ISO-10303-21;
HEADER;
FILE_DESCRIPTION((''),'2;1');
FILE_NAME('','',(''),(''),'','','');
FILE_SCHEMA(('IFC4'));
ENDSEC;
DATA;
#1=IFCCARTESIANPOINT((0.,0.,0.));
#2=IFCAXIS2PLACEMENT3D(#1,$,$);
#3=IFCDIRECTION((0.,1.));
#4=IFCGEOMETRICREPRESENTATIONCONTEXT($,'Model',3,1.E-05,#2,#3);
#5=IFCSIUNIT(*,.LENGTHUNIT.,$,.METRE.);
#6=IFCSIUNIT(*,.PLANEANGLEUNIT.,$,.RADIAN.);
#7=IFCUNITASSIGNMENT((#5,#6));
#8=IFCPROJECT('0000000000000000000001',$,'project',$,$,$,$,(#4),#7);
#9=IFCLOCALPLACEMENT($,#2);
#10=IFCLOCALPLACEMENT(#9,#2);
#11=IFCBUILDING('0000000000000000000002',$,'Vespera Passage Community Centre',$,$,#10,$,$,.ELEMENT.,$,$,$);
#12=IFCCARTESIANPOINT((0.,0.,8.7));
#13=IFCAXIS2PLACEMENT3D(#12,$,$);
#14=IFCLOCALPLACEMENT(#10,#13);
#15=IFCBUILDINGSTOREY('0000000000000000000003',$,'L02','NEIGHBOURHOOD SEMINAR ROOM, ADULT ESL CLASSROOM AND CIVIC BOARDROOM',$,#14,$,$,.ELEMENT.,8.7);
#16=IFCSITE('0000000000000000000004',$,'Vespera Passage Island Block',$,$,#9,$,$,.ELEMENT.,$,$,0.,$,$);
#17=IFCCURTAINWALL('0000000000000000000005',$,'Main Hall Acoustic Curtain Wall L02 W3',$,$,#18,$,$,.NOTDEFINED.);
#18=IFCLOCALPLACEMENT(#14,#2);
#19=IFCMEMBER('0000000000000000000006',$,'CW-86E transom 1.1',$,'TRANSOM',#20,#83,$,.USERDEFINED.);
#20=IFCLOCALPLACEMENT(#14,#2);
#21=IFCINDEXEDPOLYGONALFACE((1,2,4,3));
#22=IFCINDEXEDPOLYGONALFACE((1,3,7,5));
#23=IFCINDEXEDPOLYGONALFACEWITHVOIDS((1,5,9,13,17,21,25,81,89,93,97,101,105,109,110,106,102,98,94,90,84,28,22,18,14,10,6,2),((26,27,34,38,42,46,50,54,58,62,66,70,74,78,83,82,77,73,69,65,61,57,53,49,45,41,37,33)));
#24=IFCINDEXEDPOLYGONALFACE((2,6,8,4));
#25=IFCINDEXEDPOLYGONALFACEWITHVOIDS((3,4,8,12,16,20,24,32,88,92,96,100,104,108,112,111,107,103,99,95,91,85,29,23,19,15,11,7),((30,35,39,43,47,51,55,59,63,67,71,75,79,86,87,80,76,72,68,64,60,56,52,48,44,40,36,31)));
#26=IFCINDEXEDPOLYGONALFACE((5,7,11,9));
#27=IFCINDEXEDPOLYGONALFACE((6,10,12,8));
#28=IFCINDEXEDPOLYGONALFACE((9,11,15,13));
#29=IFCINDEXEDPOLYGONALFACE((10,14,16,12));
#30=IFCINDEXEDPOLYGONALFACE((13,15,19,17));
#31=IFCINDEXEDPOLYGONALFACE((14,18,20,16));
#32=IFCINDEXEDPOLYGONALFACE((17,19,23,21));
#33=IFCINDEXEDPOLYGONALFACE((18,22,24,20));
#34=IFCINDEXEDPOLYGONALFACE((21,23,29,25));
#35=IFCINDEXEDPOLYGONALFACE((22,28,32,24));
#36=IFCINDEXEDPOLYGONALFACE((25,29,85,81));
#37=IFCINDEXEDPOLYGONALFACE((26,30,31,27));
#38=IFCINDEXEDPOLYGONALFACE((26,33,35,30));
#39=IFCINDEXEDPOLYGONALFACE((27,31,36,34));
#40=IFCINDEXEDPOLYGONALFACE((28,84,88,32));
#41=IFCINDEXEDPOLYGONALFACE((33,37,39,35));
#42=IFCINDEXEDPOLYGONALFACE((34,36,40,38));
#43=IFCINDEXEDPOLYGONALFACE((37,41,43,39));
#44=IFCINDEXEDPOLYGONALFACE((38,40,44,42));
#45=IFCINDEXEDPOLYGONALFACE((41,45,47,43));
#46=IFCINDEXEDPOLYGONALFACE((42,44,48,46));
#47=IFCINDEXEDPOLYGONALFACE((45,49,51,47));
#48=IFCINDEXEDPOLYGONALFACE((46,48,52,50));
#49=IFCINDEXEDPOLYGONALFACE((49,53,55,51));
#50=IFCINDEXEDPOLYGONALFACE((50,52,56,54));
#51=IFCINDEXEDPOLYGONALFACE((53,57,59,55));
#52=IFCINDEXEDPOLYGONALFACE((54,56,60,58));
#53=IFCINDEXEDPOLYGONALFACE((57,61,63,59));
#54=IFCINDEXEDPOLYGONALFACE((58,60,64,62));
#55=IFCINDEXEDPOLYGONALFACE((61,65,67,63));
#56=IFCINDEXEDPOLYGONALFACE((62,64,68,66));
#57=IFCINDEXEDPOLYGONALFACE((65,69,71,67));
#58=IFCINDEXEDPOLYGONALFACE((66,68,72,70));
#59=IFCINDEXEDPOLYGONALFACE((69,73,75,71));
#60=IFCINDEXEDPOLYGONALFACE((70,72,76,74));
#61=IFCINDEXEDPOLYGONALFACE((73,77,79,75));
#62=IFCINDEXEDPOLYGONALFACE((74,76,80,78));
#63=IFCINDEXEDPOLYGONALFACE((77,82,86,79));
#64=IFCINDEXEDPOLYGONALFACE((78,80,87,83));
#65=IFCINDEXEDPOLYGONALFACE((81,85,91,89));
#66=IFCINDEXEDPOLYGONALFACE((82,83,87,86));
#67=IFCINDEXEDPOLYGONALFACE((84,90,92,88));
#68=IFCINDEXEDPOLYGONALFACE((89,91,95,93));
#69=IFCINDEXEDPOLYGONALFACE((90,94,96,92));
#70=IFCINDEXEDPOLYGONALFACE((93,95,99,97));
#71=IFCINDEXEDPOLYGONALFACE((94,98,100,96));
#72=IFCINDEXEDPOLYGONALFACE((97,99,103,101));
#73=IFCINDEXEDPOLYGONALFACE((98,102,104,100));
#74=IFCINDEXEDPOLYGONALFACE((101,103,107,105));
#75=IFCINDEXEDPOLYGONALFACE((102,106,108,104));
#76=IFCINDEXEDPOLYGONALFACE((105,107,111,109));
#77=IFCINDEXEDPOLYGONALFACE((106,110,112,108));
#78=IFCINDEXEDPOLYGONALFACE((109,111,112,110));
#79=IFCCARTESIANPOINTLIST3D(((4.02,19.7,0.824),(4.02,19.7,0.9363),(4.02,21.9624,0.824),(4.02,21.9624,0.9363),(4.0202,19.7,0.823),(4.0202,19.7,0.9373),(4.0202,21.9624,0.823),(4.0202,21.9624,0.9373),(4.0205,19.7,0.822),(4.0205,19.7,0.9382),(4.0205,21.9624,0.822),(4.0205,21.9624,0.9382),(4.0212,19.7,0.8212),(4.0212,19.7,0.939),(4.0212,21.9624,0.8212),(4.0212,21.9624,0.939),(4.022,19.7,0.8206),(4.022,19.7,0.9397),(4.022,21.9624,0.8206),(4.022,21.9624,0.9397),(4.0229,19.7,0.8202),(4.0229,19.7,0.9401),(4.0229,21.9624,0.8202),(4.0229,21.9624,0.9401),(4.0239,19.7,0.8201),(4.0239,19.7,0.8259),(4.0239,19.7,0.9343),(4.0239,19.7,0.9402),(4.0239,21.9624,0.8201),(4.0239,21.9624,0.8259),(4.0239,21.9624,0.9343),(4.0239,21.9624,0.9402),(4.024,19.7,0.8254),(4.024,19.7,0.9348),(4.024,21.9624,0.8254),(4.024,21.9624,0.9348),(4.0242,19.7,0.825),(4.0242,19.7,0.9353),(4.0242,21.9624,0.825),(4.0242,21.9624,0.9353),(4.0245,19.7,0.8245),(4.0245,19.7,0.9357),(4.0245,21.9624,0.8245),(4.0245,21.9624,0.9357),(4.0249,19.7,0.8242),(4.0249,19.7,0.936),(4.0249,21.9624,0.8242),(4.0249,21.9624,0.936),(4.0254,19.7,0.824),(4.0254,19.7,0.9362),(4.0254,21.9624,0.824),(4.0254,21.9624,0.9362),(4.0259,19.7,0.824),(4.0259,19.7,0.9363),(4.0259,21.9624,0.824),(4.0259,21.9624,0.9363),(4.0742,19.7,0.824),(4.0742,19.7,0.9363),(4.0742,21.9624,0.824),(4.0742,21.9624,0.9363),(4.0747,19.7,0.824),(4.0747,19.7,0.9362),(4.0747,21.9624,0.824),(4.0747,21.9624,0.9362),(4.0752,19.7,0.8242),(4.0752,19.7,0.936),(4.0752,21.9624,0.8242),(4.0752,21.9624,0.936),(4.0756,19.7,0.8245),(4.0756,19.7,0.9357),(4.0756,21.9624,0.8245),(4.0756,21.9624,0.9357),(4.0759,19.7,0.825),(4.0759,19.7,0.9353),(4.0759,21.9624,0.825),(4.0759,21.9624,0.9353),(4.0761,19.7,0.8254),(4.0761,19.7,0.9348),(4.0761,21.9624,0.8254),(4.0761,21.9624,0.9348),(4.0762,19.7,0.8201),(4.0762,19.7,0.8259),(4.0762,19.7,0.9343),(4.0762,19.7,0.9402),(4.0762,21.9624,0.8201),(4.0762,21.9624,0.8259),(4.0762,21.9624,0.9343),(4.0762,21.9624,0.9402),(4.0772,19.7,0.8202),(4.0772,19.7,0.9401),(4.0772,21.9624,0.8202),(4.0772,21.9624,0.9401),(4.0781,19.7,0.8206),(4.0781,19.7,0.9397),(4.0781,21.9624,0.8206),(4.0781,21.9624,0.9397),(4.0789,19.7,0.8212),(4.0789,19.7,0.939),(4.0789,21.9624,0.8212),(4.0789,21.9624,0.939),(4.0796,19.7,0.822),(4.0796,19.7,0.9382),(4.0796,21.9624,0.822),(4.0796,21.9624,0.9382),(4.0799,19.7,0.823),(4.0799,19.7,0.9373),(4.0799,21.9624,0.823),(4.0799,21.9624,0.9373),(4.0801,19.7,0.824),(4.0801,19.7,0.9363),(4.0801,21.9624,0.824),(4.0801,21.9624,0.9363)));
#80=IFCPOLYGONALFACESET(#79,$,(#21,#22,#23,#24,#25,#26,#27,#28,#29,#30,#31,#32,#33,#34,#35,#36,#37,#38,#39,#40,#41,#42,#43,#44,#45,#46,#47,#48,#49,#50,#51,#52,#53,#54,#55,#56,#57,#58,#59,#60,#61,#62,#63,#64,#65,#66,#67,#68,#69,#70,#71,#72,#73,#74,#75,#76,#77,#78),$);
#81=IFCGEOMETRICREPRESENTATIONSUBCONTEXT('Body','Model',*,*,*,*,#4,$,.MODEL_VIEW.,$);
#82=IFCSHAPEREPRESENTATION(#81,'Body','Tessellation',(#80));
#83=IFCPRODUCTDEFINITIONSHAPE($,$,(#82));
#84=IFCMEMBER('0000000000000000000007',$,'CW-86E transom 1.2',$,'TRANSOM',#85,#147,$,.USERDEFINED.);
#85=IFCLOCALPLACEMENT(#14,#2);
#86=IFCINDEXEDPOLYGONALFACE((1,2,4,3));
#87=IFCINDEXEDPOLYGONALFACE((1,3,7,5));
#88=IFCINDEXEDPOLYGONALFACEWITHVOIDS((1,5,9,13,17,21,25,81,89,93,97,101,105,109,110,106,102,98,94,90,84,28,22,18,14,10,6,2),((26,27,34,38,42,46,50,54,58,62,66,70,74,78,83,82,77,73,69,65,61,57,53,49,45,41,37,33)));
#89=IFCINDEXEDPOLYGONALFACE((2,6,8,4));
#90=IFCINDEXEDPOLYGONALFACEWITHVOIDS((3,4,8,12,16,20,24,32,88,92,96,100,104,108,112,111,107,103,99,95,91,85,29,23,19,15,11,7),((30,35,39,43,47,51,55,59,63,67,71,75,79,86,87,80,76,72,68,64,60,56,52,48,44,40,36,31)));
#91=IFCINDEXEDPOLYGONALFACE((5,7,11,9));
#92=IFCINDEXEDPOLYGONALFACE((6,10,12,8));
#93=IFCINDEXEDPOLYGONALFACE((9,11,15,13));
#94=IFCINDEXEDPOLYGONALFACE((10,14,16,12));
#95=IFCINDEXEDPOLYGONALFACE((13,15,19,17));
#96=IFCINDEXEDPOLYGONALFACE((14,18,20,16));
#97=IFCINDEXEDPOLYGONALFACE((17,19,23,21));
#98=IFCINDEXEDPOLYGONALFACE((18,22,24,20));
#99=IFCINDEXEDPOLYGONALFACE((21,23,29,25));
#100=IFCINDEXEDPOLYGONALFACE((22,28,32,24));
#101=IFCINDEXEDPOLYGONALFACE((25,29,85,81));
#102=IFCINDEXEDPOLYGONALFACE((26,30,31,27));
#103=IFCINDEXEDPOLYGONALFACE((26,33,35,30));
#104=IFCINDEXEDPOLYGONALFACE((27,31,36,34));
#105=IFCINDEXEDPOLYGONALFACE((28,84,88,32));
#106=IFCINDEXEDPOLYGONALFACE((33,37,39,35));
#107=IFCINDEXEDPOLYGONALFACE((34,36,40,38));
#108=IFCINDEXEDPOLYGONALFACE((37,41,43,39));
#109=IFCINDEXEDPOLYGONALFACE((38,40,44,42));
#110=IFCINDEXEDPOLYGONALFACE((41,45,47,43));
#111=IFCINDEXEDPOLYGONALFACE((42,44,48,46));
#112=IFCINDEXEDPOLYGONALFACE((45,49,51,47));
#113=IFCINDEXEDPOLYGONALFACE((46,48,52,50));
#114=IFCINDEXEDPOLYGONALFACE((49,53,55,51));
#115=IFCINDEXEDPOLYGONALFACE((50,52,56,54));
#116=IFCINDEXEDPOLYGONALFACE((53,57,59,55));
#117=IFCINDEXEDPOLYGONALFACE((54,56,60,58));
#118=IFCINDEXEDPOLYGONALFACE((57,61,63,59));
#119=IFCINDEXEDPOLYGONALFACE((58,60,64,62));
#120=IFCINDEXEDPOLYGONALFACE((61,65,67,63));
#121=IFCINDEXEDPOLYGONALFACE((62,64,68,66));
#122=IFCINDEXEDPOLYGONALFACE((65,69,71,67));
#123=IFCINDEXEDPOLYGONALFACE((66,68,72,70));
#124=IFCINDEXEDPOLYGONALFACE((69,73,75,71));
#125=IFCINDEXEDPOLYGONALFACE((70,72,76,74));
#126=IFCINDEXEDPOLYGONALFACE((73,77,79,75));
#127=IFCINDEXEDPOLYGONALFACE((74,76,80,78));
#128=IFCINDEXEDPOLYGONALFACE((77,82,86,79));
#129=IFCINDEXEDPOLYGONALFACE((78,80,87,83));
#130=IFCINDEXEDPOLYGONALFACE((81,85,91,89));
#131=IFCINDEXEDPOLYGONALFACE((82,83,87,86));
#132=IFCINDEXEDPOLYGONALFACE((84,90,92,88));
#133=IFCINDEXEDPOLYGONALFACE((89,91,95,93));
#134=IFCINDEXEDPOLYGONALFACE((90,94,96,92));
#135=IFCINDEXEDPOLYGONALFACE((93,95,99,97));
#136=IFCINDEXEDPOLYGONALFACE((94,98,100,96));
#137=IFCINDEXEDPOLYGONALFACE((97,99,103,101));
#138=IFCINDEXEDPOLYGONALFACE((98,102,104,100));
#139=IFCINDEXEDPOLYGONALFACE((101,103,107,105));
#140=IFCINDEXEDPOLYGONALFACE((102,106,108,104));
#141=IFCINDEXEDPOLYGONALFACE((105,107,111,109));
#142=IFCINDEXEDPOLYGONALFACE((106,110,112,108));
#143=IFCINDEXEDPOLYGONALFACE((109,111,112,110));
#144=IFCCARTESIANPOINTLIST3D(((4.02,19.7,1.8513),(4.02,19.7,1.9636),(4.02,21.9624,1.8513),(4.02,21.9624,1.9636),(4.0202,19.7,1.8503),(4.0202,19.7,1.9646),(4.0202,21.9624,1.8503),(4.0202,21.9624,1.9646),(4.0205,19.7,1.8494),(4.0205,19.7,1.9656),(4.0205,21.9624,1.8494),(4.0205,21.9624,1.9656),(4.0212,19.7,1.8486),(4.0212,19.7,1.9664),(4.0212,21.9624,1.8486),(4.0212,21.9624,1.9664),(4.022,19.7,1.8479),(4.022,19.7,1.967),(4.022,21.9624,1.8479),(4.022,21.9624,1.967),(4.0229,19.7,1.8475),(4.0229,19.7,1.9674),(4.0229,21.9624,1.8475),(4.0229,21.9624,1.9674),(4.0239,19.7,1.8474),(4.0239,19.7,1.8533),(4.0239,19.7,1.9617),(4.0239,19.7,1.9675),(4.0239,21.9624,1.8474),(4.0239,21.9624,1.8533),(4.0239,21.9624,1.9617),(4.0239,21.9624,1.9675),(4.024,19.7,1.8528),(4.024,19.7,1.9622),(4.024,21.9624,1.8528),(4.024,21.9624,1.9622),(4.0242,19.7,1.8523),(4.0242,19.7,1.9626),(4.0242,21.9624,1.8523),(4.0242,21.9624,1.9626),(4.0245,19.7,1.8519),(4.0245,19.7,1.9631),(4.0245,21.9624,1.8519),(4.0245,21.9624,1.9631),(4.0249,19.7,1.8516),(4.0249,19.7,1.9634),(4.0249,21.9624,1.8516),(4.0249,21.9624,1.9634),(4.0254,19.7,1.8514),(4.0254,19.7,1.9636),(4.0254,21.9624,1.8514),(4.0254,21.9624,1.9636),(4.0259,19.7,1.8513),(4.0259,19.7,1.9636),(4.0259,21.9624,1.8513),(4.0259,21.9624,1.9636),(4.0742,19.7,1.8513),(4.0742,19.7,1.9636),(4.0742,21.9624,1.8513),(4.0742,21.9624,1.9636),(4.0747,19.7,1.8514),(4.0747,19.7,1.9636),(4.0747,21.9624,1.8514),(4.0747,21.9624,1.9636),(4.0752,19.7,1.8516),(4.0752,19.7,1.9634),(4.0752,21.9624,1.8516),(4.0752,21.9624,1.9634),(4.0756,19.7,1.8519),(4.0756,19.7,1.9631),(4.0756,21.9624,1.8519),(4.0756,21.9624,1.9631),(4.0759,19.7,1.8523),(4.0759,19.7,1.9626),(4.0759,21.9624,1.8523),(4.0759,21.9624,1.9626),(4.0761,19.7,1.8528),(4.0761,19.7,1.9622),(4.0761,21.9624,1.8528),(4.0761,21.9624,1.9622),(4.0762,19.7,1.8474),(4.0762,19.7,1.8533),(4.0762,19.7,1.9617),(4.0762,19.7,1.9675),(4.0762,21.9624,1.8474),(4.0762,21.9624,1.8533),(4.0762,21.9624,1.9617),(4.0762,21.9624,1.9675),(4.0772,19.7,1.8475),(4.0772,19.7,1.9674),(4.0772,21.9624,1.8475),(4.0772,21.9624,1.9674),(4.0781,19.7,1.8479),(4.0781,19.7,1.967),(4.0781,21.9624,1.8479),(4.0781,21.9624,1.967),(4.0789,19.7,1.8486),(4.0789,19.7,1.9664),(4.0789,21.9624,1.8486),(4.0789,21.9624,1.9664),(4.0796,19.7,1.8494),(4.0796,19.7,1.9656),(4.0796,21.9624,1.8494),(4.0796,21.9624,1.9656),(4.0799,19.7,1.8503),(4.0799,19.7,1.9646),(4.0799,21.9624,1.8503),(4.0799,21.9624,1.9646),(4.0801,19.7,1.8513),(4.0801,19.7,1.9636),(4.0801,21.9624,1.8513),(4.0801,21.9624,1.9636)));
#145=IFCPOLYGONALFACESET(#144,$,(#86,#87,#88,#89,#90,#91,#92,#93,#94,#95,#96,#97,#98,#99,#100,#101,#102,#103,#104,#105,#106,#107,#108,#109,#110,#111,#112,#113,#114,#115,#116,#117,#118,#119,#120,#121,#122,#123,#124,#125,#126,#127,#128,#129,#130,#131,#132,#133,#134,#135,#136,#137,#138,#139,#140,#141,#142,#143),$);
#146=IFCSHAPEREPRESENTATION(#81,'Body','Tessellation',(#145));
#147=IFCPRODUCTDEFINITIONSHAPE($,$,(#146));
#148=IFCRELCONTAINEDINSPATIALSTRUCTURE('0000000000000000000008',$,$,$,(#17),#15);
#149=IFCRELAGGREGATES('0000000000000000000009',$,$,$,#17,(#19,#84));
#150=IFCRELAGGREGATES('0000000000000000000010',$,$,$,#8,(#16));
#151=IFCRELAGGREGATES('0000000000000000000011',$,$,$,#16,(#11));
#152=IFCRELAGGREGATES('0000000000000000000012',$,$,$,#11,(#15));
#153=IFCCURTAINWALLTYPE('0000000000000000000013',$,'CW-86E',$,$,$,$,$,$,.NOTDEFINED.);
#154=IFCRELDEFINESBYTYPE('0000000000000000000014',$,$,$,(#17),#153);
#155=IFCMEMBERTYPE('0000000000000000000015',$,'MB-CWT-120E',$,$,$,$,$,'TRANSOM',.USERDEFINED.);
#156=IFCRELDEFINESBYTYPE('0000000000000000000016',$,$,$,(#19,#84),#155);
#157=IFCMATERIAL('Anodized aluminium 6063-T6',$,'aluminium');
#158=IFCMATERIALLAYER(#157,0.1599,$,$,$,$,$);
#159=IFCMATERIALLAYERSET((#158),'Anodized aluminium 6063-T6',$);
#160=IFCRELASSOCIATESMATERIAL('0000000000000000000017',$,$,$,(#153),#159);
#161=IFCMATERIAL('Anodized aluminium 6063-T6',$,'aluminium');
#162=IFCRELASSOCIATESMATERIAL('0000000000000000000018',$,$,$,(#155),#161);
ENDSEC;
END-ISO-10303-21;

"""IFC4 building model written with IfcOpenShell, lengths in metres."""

from ifc_helpers import new_model, si_unit, direction, frame, origin, origin_2d, place, context, subcontext, project, spatial, hollow_rectangle, extrude, material, layer, layer_set, material_profile, profile_set, type_object, element, aggregate, save


model = new_model("IFC4")

# Units and contexts
model_context = context("Model", 3, precision=1e-05, world=origin(), true_north=direction((0.0, 1.0)))
body_context = subcontext(model_context, "Body", "Model", "MODEL_VIEW")
ifc_project = project(units=[si_unit("LENGTHUNIT", "METRE"), si_unit("PLANEANGLEUNIT", "RADIAN")], contexts=[model_context])

# Site, building, storey
site_placement = place(None, origin())
site = spatial("IfcSite", under=ifc_project, at=site_placement, Name="Vespera Passage Island Block", CompositionType="ELEMENT", RefElevation=0.0)
building_placement = place(site_placement, origin())
building = spatial("IfcBuilding", under=site, at=building_placement, Name="Vespera Passage Community Centre", CompositionType="ELEMENT")
storey_placement = place(building_placement, frame((0.0, 0.0, 8.7)))
storey = spatial("IfcBuildingStorey", under=building, at=storey_placement, Name="L02", Description="NEIGHBOURHOOD SEMINAR ROOM, ADULT ESL CLASSROOM AND CIVIC BOARDROOM", CompositionType="ELEMENT", Elevation=8.7)

# Shared definitions
ifc_material_1 = material(Name="Anodized aluminium 6063-T6", Category="aluminium")
ifc_layer_1 = layer(ifc_material_1, 0.1599)
ifc_layer_set_1 = layer_set([ifc_layer_1], Name="Anodized aluminium 6063-T6")
curtain_wall_type = type_object("IfcCurtainWallType", Name="CW-86E", PredefinedType="NOTDEFINED", material=ifc_layer_set_1)

# Curtain wall
curtain_wall_1_placement = place(storey_placement, origin())
curtain_wall_1 = element("IfcCurtainWall", 1, at=curtain_wall_1_placement, inside=storey, type_object=curtain_wall_type, Name="Main Hall Acoustic Curtain Wall L02 W3", PredefinedType="NOTDEFINED")

# Members
ifc_material_2 = material(Name="Anodized aluminium 6063-T6", Category="aluminium")
ifc_material_profile_1 = material_profile(ifc_material_2, hollow_rectangle(XDim=0.0601, YDim=0.1201, WallThickness=0.0039, InnerFilletRadius=0.002, OuterFilletRadius=0.0039, at=origin_2d()), Name="ALU120X60X4")
ifc_profile_set_1 = profile_set([ifc_material_profile_1], Name="Anodized aluminium 6063-T6")
member_type_1 = type_object("IfcMemberType", Name="MB-CWT-120E", ElementType="TRANSOM", PredefinedType="USERDEFINED", material=ifc_profile_set_1)
member_1_placement = place(storey_placement, frame((4.05, 19.7, 0.8801), z_axis=(0.0, 1.0, 0.0), x_axis=(-1.0, 0.0, 0.0)))
member_1 = element("IfcMember", 2, at=member_1_placement, type_object=member_type_1, Name="CW-86E transom 1.1", ObjectType="TRANSOM", PredefinedType="USERDEFINED", context=body_context, shape_type="SweptSolid", body=[
    extrude(hollow_rectangle(XDim=0.0601, YDim=0.1201, WallThickness=0.0039, InnerFilletRadius=0.002, OuterFilletRadius=0.0039, at=origin_2d()), origin(), (0.0, 0.0, 1.0), 2.2625),
])
member_2_placement = place(storey_placement, frame((4.05, 19.7, 1.9075), z_axis=(0.0, 1.0, 0.0), x_axis=(-1.0, 0.0, 0.0)))
member_2 = element("IfcMember", 3, at=member_2_placement, type_object=member_type_1, Name="CW-86E transom 1.2", ObjectType="TRANSOM", PredefinedType="USERDEFINED", context=body_context, shape_type="SweptSolid", body=[
    extrude(hollow_rectangle(XDim=0.0601, YDim=0.1201, WallThickness=0.0039, InnerFilletRadius=0.002, OuterFilletRadius=0.0039, at=origin_2d()), origin(), (0.0, 0.0, 1.0), 2.2625),
])

aggregate(curtain_wall_1, [member_1, member_2])

save(model, "model.ifc")
